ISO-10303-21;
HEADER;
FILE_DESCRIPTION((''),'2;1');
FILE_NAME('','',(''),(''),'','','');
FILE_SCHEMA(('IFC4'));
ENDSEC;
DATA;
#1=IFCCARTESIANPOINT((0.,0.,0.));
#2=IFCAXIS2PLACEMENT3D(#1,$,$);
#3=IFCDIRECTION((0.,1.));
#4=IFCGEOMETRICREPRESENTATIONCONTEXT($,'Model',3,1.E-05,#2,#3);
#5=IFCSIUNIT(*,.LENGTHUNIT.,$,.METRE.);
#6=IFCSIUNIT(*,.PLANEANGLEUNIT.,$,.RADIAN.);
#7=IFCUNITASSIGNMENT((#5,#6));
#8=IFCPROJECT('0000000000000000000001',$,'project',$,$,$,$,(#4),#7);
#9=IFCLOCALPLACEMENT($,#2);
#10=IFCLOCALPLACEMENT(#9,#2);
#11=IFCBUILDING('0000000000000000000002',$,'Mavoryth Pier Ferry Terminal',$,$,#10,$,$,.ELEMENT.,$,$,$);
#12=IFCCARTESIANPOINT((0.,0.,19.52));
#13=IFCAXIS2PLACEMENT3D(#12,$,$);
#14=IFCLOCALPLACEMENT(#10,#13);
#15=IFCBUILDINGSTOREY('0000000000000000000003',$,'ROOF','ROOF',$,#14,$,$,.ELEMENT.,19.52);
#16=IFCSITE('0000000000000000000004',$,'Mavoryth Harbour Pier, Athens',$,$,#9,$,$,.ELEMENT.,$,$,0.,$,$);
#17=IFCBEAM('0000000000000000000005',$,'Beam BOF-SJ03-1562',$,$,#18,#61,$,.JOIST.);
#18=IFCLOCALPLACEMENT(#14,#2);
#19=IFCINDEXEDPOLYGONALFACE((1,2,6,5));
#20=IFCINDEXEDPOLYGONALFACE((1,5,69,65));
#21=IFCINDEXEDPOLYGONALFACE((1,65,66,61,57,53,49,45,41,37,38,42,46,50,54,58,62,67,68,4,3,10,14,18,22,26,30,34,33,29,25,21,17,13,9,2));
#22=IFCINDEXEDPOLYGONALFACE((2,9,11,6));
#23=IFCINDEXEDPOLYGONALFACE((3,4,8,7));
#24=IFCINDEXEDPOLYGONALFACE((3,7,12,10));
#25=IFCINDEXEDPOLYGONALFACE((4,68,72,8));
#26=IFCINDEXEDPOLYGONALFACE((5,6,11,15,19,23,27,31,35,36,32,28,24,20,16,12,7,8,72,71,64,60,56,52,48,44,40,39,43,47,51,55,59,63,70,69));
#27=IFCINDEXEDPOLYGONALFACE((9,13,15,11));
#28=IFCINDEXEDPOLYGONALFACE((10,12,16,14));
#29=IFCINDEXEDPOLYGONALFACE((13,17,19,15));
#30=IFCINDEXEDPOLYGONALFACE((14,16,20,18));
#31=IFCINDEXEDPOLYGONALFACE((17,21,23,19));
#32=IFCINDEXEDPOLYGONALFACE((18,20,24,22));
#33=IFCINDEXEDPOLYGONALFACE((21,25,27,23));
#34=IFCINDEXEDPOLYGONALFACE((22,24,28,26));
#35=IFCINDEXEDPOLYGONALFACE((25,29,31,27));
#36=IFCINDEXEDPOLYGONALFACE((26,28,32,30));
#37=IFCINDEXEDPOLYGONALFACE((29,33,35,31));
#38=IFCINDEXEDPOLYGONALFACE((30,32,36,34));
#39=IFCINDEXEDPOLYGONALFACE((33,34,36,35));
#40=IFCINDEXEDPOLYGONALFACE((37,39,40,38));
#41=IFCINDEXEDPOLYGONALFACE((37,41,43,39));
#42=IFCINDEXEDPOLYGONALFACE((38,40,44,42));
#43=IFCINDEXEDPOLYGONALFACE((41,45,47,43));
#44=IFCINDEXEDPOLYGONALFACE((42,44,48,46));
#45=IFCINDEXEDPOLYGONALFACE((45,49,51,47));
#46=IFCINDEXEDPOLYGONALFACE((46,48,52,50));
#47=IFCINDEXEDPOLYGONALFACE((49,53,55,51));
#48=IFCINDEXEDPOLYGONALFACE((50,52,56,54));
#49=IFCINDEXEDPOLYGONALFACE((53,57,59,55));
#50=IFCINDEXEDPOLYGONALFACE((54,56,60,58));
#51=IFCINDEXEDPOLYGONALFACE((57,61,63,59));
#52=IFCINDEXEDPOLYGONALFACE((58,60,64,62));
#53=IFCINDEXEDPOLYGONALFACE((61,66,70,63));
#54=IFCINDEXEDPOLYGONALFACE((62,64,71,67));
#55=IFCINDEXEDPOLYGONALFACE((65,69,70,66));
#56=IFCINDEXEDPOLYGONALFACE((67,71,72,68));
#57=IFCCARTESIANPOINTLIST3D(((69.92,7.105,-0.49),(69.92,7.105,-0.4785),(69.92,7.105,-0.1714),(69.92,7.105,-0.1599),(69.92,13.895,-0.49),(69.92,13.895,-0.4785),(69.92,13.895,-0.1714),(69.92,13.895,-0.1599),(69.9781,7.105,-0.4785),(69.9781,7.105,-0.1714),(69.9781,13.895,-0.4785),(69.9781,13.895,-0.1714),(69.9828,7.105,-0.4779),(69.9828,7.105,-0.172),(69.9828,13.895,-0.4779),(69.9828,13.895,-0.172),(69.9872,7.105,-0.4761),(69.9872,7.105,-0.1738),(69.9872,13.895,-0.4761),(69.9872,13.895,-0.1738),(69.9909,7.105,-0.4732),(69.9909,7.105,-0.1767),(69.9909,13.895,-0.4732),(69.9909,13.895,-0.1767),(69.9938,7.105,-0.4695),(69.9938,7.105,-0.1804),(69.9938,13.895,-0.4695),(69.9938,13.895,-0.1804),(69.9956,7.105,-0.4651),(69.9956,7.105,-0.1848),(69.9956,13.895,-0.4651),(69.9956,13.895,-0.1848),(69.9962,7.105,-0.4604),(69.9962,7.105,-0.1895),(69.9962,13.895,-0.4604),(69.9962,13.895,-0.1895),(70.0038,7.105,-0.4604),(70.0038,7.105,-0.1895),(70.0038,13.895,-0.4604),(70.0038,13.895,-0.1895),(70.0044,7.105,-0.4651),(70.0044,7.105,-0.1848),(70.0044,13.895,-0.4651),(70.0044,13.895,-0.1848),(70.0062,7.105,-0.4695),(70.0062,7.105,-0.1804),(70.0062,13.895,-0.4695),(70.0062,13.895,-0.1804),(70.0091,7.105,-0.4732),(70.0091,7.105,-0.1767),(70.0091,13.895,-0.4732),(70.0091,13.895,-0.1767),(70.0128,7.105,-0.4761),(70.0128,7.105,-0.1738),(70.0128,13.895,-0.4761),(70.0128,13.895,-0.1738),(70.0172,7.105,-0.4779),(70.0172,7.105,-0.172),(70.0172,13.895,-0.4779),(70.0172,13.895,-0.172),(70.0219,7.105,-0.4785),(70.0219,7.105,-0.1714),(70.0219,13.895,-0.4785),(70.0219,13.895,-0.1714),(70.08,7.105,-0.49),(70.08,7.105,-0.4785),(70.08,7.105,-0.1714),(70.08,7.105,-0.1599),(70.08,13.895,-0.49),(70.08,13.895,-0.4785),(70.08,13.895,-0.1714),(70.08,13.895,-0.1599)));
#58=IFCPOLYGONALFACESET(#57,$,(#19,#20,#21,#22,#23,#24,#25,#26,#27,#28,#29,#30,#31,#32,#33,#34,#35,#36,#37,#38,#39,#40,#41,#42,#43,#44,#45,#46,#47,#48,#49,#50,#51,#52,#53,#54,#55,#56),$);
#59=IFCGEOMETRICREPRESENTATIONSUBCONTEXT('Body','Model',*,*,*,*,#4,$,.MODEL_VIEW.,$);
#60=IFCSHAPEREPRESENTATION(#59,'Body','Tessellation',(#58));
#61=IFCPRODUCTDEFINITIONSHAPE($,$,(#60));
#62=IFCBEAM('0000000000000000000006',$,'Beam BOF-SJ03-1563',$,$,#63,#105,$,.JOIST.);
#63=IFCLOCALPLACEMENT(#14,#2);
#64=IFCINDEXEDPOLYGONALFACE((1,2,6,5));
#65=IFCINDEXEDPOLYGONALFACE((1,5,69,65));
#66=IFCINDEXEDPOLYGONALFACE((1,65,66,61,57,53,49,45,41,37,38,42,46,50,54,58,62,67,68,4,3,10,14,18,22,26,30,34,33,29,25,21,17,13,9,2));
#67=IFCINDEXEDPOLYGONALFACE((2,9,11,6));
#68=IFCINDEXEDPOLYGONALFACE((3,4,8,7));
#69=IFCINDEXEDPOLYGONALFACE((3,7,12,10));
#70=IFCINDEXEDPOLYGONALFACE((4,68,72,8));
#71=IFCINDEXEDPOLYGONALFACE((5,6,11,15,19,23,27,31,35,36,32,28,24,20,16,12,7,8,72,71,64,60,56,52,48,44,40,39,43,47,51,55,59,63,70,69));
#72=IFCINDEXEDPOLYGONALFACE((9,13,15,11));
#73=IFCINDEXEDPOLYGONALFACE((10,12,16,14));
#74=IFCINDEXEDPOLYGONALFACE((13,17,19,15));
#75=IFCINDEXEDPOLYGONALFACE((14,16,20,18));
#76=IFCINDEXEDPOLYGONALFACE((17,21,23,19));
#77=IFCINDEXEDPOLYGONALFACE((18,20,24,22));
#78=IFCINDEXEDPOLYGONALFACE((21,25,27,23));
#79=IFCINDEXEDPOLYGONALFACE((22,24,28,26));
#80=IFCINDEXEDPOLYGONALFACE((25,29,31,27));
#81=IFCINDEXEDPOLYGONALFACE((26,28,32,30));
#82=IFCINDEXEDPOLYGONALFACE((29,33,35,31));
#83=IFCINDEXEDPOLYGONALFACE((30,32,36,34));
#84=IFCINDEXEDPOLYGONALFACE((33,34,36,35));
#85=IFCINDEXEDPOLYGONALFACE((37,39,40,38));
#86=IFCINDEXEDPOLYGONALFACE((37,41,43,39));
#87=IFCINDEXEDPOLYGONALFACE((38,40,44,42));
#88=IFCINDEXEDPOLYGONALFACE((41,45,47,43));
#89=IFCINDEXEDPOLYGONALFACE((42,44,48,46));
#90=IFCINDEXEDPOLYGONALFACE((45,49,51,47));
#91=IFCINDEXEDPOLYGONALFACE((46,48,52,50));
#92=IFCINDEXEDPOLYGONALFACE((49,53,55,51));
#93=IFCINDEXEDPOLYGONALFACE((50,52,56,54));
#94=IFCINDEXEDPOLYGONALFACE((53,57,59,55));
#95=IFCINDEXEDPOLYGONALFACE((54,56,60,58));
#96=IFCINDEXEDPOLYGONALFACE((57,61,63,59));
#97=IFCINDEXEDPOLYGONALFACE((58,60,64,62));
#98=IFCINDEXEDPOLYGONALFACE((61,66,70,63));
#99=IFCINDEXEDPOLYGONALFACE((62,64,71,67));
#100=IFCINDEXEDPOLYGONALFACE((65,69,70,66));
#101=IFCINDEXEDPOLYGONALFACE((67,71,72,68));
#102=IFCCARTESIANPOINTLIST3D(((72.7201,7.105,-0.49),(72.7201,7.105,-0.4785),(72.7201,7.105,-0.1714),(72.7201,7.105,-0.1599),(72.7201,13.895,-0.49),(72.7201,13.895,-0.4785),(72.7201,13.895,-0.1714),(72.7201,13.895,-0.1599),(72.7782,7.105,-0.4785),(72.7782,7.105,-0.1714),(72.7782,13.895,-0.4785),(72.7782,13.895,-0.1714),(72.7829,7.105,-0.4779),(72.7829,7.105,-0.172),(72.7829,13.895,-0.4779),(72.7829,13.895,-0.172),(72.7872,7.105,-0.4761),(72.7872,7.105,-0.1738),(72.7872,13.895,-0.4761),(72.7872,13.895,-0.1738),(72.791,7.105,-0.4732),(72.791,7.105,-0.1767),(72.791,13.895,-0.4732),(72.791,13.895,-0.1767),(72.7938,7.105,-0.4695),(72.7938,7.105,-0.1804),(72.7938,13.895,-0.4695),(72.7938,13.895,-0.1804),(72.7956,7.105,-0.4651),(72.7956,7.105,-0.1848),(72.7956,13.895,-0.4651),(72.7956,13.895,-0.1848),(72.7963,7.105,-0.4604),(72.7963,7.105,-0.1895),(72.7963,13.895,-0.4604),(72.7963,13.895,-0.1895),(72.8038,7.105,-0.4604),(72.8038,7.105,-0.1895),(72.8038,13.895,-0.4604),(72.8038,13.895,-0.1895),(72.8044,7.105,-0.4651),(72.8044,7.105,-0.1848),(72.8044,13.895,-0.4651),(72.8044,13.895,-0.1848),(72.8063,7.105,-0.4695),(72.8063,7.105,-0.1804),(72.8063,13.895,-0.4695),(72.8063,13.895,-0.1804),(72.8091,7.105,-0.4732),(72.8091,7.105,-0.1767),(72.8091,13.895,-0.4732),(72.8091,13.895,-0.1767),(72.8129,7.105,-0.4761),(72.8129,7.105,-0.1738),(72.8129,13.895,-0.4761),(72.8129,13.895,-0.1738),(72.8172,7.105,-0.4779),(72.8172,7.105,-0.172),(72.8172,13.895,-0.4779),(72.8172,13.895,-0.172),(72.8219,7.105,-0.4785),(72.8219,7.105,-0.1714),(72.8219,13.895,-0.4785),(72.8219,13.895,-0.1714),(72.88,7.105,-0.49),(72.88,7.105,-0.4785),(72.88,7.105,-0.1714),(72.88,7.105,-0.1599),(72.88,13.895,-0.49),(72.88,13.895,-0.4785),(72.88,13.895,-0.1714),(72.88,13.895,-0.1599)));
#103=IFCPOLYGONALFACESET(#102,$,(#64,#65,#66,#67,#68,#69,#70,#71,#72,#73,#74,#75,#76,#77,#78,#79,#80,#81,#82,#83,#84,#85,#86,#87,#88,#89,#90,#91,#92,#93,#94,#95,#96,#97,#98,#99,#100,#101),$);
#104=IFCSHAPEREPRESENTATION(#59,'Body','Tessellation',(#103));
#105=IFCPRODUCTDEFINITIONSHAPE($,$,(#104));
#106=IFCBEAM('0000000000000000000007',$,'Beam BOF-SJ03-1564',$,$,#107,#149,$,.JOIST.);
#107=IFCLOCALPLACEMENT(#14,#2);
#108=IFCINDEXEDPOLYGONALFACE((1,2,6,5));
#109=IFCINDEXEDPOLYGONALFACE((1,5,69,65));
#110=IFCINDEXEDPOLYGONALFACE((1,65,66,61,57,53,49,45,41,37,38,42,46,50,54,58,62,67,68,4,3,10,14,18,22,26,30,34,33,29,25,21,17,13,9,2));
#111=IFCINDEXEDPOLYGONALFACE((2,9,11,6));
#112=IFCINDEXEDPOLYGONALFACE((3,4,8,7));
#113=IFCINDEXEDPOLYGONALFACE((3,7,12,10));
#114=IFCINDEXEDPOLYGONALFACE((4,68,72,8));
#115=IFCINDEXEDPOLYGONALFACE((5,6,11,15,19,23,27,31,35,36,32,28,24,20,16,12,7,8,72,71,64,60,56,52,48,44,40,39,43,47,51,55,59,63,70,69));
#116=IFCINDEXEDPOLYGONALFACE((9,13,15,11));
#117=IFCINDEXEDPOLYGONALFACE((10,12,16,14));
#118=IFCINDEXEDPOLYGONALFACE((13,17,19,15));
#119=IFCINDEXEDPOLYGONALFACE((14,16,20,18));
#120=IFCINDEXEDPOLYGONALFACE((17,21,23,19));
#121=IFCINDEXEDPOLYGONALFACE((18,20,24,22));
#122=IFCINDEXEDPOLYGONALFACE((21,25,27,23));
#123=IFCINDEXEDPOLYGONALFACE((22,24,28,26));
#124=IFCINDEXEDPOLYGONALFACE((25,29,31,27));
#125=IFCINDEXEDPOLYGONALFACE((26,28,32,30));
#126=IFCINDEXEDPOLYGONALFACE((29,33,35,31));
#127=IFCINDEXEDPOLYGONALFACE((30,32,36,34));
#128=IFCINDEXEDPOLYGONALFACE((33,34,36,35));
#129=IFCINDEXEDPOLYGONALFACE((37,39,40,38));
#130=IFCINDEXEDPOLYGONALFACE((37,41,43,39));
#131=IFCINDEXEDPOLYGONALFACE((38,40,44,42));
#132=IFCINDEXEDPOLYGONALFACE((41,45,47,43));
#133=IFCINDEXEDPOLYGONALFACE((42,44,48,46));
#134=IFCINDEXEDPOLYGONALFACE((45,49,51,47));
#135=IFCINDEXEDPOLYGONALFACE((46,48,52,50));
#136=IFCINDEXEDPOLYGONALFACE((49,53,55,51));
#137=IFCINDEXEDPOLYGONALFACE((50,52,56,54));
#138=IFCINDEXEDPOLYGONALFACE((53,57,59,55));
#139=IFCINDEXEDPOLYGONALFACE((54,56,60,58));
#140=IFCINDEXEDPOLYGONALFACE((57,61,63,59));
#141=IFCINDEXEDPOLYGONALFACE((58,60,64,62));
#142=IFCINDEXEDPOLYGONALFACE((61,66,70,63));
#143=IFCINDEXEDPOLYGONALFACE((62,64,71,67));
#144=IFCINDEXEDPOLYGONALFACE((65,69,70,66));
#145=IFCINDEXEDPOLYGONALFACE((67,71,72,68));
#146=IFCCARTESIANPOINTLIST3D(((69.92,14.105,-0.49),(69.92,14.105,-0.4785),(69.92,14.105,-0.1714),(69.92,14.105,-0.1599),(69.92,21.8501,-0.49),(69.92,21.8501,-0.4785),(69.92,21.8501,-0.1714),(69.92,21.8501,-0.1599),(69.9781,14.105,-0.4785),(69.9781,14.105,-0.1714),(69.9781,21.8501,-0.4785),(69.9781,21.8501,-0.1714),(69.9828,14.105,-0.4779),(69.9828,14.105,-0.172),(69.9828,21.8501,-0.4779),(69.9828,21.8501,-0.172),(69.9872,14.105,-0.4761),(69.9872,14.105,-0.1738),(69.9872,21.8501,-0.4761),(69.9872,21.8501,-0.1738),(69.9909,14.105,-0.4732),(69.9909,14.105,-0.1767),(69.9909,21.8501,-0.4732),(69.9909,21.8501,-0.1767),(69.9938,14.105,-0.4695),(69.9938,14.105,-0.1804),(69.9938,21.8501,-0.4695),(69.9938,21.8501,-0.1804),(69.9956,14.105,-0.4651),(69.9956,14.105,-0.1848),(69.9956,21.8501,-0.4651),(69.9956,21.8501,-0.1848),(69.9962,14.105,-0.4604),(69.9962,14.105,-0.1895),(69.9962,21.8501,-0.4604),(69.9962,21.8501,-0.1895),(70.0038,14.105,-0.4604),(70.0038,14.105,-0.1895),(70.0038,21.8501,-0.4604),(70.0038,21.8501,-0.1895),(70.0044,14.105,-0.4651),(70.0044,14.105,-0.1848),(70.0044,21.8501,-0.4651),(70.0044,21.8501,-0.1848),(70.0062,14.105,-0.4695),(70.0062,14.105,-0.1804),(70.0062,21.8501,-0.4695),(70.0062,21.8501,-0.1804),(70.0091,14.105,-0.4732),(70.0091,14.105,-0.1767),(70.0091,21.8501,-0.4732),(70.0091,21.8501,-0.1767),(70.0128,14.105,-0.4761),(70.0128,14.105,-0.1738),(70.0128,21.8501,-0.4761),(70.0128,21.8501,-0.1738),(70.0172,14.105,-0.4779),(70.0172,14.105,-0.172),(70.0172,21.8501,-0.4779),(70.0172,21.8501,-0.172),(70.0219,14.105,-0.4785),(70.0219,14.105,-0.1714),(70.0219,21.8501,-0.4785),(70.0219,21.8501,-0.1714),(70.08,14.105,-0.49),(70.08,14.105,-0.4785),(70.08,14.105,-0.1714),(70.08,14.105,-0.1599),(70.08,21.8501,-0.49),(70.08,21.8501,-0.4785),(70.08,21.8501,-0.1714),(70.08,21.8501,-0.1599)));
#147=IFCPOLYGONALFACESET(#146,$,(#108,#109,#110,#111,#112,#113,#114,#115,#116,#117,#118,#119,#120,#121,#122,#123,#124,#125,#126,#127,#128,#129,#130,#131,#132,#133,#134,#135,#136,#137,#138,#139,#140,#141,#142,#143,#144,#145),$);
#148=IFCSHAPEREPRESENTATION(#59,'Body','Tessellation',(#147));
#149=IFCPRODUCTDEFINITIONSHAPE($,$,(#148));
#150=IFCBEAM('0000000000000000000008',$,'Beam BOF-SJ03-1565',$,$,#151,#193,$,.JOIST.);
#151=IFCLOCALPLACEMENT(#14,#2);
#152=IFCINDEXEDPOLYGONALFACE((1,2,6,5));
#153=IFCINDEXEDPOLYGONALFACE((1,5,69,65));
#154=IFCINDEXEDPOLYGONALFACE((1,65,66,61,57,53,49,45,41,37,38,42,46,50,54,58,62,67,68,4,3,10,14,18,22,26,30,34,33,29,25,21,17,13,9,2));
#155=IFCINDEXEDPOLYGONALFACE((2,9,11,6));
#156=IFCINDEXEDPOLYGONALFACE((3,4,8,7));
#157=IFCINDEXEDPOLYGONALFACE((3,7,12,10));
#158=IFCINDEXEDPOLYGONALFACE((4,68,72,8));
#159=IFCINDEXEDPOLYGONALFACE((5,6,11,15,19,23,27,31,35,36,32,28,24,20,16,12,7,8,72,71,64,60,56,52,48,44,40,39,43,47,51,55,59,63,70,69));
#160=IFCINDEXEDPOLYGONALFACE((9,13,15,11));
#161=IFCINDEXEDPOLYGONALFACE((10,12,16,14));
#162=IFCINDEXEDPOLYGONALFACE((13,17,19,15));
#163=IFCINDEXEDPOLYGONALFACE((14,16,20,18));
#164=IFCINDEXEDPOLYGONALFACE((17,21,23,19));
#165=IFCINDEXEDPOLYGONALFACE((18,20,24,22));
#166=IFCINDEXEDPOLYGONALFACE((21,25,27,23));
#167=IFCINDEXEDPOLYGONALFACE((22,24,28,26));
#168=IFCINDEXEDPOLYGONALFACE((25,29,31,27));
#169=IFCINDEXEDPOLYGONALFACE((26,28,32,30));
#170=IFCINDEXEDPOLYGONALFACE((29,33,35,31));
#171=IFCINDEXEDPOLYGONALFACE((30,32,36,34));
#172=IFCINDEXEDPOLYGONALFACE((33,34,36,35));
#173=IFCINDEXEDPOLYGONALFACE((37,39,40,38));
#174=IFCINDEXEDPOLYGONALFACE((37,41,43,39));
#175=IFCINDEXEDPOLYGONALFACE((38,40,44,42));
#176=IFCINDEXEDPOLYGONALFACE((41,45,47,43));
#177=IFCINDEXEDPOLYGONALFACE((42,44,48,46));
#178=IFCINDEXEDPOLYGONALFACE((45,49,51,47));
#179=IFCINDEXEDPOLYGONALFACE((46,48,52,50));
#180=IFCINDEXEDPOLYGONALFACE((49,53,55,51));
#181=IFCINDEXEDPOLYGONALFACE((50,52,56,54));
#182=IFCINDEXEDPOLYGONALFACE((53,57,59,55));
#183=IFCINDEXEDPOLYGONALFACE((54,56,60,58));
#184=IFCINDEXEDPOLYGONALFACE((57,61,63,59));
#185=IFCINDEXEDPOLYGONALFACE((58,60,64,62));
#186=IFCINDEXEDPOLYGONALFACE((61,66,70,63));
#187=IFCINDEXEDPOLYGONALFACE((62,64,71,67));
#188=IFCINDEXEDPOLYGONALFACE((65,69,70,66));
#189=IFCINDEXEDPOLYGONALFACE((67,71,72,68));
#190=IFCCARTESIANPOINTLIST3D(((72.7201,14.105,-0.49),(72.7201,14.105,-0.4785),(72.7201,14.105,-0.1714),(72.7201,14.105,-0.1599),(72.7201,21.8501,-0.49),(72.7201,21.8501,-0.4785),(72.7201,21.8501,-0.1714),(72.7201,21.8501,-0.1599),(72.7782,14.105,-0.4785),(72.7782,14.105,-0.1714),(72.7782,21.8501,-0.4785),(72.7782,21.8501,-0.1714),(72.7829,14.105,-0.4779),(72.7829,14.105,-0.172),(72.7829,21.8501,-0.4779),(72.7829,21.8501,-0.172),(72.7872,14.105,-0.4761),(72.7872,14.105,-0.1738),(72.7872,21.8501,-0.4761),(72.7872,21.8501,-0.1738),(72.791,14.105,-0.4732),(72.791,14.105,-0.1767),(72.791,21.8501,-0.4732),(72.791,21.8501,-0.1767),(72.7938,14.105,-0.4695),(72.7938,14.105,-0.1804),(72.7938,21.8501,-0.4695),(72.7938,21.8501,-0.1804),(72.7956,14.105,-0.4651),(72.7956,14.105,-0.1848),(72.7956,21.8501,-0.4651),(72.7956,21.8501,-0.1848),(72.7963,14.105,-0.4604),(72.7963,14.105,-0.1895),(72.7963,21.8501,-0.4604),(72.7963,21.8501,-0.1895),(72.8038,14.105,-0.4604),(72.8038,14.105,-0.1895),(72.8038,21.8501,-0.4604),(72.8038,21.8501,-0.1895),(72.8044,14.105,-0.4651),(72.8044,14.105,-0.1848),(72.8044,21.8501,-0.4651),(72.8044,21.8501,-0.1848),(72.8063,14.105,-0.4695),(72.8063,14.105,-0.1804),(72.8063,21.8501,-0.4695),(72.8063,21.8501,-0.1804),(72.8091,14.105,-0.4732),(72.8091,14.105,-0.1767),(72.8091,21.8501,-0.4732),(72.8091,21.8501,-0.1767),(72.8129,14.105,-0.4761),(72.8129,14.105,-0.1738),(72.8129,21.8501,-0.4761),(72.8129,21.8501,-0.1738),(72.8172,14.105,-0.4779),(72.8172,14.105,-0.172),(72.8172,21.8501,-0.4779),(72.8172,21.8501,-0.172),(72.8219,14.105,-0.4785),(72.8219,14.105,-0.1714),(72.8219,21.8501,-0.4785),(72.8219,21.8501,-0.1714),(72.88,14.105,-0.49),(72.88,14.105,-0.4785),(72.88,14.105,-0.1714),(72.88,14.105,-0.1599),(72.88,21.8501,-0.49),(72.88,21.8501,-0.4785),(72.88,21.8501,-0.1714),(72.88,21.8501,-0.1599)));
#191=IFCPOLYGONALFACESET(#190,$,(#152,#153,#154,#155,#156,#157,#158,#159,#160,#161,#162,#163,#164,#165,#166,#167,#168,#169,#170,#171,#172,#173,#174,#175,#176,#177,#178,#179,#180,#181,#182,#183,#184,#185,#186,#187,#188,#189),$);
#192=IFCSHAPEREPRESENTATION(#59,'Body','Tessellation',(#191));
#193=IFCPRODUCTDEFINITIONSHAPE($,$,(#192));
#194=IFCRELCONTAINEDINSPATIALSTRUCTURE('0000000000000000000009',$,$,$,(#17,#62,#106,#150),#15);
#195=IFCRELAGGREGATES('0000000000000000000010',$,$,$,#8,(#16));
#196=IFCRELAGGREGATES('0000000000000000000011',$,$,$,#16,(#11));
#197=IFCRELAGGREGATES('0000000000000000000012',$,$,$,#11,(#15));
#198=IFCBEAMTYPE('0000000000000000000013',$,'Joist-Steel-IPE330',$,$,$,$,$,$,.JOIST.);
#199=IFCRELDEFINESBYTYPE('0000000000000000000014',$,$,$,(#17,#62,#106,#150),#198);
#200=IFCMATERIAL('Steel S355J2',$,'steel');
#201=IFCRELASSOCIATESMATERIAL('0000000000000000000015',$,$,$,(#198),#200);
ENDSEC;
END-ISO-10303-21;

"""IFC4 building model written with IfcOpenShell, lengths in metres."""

from ifc_helpers import new_model, si_unit, direction, frame, origin, origin_2d, place, context, subcontext, project, spatial, i_section, extrude, material, material_profile, profile_set, type_object, element, save


model = new_model("IFC4")

# Units and contexts
model_context = context("Model", 3, precision=1e-05, world=origin(), true_north=direction((0.0, 1.0)))
body_context = subcontext(model_context, "Body", "Model", "MODEL_VIEW")
ifc_project = project(units=[si_unit("LENGTHUNIT", "METRE"), si_unit("PLANEANGLEUNIT", "RADIAN")], contexts=[model_context])

# Site, building, storey
site_placement = place(None, origin())
site = spatial("IfcSite", under=ifc_project, at=site_placement, Name="Mavoryth Harbour Pier, Athens", CompositionType="ELEMENT", RefElevation=0.0)
building_placement = place(site_placement, origin())
building = spatial("IfcBuilding", under=site, at=building_placement, Name="Mavoryth Pier Ferry Terminal", CompositionType="ELEMENT")
storey_placement = place(building_placement, frame((0.0, 0.0, 19.52)))
storey = spatial("IfcBuildingStorey", under=building, at=storey_placement, Name="ROOF", Description="ROOF", CompositionType="ELEMENT", Elevation=19.52)

# Beams
ifc_material_1 = material(Name="Steel S355J2", Category="steel")
ifc_material_profile_1 = material_profile(ifc_material_1, i_section(OverallWidth=0.1599, OverallDepth=0.3301, WebThickness=0.0076, FlangeThickness=0.0115, FilletRadius=0.0181, at=origin_2d()), Name="IPE 330", Category="steel")
ifc_profile_set_1 = profile_set([ifc_material_profile_1], Name="Steel S355J2 - IPE 330")
beam_type_1 = type_object("IfcBeamType", Name="Joist-Steel-IPE330", PredefinedType="JOIST", material=ifc_profile_set_1)
for number, where, z_axis, x_axis, name in (
    (1, (70.0, 7.105, -0.325), (0.0, 1.0, 0.0), (-1.0, 0.0, 0.0), "Beam BOF-SJ03-1562"),
    (2, (72.8, 7.105, -0.325), (0.0, 1.0, 0.0), (-1.0, 0.0, 0.0), "Beam BOF-SJ03-1563"),
):
    element("IfcBeam", number, at=place(storey_placement, frame(where, z_axis=z_axis, x_axis=x_axis)), inside=storey, type_object=beam_type_1, Name=name, PredefinedType="JOIST", context=body_context, shape_type="SweptSolid", body=[
        extrude(i_section(OverallWidth=0.1599, OverallDepth=0.3301, WebThickness=0.0076, FlangeThickness=0.0115, FilletRadius=0.0181, at=origin_2d()), origin(), (0.0, 0.0, 1.0), 6.79),
    ])
for number, where, z_axis, x_axis, name in (
    (3, (70.0, 14.105, -0.325), (0.0, 1.0, 0.0), (-1.0, 0.0, 0.0), "Beam BOF-SJ03-1564"),
    (4, (72.8, 14.105, -0.325), (0.0, 1.0, 0.0), (-1.0, 0.0, 0.0), "Beam BOF-SJ03-1565"),
):
    element("IfcBeam", number, at=place(storey_placement, frame(where, z_axis=z_axis, x_axis=x_axis)), inside=storey, type_object=beam_type_1, Name=name, PredefinedType="JOIST", context=body_context, shape_type="SweptSolid", body=[
        extrude(i_section(OverallWidth=0.1599, OverallDepth=0.3301, WebThickness=0.0076, FlangeThickness=0.0115, FilletRadius=0.0181, at=origin_2d()), origin(), (0.0, 0.0, 1.0), 7.7451),
    ])

save(model, "model.ifc")
